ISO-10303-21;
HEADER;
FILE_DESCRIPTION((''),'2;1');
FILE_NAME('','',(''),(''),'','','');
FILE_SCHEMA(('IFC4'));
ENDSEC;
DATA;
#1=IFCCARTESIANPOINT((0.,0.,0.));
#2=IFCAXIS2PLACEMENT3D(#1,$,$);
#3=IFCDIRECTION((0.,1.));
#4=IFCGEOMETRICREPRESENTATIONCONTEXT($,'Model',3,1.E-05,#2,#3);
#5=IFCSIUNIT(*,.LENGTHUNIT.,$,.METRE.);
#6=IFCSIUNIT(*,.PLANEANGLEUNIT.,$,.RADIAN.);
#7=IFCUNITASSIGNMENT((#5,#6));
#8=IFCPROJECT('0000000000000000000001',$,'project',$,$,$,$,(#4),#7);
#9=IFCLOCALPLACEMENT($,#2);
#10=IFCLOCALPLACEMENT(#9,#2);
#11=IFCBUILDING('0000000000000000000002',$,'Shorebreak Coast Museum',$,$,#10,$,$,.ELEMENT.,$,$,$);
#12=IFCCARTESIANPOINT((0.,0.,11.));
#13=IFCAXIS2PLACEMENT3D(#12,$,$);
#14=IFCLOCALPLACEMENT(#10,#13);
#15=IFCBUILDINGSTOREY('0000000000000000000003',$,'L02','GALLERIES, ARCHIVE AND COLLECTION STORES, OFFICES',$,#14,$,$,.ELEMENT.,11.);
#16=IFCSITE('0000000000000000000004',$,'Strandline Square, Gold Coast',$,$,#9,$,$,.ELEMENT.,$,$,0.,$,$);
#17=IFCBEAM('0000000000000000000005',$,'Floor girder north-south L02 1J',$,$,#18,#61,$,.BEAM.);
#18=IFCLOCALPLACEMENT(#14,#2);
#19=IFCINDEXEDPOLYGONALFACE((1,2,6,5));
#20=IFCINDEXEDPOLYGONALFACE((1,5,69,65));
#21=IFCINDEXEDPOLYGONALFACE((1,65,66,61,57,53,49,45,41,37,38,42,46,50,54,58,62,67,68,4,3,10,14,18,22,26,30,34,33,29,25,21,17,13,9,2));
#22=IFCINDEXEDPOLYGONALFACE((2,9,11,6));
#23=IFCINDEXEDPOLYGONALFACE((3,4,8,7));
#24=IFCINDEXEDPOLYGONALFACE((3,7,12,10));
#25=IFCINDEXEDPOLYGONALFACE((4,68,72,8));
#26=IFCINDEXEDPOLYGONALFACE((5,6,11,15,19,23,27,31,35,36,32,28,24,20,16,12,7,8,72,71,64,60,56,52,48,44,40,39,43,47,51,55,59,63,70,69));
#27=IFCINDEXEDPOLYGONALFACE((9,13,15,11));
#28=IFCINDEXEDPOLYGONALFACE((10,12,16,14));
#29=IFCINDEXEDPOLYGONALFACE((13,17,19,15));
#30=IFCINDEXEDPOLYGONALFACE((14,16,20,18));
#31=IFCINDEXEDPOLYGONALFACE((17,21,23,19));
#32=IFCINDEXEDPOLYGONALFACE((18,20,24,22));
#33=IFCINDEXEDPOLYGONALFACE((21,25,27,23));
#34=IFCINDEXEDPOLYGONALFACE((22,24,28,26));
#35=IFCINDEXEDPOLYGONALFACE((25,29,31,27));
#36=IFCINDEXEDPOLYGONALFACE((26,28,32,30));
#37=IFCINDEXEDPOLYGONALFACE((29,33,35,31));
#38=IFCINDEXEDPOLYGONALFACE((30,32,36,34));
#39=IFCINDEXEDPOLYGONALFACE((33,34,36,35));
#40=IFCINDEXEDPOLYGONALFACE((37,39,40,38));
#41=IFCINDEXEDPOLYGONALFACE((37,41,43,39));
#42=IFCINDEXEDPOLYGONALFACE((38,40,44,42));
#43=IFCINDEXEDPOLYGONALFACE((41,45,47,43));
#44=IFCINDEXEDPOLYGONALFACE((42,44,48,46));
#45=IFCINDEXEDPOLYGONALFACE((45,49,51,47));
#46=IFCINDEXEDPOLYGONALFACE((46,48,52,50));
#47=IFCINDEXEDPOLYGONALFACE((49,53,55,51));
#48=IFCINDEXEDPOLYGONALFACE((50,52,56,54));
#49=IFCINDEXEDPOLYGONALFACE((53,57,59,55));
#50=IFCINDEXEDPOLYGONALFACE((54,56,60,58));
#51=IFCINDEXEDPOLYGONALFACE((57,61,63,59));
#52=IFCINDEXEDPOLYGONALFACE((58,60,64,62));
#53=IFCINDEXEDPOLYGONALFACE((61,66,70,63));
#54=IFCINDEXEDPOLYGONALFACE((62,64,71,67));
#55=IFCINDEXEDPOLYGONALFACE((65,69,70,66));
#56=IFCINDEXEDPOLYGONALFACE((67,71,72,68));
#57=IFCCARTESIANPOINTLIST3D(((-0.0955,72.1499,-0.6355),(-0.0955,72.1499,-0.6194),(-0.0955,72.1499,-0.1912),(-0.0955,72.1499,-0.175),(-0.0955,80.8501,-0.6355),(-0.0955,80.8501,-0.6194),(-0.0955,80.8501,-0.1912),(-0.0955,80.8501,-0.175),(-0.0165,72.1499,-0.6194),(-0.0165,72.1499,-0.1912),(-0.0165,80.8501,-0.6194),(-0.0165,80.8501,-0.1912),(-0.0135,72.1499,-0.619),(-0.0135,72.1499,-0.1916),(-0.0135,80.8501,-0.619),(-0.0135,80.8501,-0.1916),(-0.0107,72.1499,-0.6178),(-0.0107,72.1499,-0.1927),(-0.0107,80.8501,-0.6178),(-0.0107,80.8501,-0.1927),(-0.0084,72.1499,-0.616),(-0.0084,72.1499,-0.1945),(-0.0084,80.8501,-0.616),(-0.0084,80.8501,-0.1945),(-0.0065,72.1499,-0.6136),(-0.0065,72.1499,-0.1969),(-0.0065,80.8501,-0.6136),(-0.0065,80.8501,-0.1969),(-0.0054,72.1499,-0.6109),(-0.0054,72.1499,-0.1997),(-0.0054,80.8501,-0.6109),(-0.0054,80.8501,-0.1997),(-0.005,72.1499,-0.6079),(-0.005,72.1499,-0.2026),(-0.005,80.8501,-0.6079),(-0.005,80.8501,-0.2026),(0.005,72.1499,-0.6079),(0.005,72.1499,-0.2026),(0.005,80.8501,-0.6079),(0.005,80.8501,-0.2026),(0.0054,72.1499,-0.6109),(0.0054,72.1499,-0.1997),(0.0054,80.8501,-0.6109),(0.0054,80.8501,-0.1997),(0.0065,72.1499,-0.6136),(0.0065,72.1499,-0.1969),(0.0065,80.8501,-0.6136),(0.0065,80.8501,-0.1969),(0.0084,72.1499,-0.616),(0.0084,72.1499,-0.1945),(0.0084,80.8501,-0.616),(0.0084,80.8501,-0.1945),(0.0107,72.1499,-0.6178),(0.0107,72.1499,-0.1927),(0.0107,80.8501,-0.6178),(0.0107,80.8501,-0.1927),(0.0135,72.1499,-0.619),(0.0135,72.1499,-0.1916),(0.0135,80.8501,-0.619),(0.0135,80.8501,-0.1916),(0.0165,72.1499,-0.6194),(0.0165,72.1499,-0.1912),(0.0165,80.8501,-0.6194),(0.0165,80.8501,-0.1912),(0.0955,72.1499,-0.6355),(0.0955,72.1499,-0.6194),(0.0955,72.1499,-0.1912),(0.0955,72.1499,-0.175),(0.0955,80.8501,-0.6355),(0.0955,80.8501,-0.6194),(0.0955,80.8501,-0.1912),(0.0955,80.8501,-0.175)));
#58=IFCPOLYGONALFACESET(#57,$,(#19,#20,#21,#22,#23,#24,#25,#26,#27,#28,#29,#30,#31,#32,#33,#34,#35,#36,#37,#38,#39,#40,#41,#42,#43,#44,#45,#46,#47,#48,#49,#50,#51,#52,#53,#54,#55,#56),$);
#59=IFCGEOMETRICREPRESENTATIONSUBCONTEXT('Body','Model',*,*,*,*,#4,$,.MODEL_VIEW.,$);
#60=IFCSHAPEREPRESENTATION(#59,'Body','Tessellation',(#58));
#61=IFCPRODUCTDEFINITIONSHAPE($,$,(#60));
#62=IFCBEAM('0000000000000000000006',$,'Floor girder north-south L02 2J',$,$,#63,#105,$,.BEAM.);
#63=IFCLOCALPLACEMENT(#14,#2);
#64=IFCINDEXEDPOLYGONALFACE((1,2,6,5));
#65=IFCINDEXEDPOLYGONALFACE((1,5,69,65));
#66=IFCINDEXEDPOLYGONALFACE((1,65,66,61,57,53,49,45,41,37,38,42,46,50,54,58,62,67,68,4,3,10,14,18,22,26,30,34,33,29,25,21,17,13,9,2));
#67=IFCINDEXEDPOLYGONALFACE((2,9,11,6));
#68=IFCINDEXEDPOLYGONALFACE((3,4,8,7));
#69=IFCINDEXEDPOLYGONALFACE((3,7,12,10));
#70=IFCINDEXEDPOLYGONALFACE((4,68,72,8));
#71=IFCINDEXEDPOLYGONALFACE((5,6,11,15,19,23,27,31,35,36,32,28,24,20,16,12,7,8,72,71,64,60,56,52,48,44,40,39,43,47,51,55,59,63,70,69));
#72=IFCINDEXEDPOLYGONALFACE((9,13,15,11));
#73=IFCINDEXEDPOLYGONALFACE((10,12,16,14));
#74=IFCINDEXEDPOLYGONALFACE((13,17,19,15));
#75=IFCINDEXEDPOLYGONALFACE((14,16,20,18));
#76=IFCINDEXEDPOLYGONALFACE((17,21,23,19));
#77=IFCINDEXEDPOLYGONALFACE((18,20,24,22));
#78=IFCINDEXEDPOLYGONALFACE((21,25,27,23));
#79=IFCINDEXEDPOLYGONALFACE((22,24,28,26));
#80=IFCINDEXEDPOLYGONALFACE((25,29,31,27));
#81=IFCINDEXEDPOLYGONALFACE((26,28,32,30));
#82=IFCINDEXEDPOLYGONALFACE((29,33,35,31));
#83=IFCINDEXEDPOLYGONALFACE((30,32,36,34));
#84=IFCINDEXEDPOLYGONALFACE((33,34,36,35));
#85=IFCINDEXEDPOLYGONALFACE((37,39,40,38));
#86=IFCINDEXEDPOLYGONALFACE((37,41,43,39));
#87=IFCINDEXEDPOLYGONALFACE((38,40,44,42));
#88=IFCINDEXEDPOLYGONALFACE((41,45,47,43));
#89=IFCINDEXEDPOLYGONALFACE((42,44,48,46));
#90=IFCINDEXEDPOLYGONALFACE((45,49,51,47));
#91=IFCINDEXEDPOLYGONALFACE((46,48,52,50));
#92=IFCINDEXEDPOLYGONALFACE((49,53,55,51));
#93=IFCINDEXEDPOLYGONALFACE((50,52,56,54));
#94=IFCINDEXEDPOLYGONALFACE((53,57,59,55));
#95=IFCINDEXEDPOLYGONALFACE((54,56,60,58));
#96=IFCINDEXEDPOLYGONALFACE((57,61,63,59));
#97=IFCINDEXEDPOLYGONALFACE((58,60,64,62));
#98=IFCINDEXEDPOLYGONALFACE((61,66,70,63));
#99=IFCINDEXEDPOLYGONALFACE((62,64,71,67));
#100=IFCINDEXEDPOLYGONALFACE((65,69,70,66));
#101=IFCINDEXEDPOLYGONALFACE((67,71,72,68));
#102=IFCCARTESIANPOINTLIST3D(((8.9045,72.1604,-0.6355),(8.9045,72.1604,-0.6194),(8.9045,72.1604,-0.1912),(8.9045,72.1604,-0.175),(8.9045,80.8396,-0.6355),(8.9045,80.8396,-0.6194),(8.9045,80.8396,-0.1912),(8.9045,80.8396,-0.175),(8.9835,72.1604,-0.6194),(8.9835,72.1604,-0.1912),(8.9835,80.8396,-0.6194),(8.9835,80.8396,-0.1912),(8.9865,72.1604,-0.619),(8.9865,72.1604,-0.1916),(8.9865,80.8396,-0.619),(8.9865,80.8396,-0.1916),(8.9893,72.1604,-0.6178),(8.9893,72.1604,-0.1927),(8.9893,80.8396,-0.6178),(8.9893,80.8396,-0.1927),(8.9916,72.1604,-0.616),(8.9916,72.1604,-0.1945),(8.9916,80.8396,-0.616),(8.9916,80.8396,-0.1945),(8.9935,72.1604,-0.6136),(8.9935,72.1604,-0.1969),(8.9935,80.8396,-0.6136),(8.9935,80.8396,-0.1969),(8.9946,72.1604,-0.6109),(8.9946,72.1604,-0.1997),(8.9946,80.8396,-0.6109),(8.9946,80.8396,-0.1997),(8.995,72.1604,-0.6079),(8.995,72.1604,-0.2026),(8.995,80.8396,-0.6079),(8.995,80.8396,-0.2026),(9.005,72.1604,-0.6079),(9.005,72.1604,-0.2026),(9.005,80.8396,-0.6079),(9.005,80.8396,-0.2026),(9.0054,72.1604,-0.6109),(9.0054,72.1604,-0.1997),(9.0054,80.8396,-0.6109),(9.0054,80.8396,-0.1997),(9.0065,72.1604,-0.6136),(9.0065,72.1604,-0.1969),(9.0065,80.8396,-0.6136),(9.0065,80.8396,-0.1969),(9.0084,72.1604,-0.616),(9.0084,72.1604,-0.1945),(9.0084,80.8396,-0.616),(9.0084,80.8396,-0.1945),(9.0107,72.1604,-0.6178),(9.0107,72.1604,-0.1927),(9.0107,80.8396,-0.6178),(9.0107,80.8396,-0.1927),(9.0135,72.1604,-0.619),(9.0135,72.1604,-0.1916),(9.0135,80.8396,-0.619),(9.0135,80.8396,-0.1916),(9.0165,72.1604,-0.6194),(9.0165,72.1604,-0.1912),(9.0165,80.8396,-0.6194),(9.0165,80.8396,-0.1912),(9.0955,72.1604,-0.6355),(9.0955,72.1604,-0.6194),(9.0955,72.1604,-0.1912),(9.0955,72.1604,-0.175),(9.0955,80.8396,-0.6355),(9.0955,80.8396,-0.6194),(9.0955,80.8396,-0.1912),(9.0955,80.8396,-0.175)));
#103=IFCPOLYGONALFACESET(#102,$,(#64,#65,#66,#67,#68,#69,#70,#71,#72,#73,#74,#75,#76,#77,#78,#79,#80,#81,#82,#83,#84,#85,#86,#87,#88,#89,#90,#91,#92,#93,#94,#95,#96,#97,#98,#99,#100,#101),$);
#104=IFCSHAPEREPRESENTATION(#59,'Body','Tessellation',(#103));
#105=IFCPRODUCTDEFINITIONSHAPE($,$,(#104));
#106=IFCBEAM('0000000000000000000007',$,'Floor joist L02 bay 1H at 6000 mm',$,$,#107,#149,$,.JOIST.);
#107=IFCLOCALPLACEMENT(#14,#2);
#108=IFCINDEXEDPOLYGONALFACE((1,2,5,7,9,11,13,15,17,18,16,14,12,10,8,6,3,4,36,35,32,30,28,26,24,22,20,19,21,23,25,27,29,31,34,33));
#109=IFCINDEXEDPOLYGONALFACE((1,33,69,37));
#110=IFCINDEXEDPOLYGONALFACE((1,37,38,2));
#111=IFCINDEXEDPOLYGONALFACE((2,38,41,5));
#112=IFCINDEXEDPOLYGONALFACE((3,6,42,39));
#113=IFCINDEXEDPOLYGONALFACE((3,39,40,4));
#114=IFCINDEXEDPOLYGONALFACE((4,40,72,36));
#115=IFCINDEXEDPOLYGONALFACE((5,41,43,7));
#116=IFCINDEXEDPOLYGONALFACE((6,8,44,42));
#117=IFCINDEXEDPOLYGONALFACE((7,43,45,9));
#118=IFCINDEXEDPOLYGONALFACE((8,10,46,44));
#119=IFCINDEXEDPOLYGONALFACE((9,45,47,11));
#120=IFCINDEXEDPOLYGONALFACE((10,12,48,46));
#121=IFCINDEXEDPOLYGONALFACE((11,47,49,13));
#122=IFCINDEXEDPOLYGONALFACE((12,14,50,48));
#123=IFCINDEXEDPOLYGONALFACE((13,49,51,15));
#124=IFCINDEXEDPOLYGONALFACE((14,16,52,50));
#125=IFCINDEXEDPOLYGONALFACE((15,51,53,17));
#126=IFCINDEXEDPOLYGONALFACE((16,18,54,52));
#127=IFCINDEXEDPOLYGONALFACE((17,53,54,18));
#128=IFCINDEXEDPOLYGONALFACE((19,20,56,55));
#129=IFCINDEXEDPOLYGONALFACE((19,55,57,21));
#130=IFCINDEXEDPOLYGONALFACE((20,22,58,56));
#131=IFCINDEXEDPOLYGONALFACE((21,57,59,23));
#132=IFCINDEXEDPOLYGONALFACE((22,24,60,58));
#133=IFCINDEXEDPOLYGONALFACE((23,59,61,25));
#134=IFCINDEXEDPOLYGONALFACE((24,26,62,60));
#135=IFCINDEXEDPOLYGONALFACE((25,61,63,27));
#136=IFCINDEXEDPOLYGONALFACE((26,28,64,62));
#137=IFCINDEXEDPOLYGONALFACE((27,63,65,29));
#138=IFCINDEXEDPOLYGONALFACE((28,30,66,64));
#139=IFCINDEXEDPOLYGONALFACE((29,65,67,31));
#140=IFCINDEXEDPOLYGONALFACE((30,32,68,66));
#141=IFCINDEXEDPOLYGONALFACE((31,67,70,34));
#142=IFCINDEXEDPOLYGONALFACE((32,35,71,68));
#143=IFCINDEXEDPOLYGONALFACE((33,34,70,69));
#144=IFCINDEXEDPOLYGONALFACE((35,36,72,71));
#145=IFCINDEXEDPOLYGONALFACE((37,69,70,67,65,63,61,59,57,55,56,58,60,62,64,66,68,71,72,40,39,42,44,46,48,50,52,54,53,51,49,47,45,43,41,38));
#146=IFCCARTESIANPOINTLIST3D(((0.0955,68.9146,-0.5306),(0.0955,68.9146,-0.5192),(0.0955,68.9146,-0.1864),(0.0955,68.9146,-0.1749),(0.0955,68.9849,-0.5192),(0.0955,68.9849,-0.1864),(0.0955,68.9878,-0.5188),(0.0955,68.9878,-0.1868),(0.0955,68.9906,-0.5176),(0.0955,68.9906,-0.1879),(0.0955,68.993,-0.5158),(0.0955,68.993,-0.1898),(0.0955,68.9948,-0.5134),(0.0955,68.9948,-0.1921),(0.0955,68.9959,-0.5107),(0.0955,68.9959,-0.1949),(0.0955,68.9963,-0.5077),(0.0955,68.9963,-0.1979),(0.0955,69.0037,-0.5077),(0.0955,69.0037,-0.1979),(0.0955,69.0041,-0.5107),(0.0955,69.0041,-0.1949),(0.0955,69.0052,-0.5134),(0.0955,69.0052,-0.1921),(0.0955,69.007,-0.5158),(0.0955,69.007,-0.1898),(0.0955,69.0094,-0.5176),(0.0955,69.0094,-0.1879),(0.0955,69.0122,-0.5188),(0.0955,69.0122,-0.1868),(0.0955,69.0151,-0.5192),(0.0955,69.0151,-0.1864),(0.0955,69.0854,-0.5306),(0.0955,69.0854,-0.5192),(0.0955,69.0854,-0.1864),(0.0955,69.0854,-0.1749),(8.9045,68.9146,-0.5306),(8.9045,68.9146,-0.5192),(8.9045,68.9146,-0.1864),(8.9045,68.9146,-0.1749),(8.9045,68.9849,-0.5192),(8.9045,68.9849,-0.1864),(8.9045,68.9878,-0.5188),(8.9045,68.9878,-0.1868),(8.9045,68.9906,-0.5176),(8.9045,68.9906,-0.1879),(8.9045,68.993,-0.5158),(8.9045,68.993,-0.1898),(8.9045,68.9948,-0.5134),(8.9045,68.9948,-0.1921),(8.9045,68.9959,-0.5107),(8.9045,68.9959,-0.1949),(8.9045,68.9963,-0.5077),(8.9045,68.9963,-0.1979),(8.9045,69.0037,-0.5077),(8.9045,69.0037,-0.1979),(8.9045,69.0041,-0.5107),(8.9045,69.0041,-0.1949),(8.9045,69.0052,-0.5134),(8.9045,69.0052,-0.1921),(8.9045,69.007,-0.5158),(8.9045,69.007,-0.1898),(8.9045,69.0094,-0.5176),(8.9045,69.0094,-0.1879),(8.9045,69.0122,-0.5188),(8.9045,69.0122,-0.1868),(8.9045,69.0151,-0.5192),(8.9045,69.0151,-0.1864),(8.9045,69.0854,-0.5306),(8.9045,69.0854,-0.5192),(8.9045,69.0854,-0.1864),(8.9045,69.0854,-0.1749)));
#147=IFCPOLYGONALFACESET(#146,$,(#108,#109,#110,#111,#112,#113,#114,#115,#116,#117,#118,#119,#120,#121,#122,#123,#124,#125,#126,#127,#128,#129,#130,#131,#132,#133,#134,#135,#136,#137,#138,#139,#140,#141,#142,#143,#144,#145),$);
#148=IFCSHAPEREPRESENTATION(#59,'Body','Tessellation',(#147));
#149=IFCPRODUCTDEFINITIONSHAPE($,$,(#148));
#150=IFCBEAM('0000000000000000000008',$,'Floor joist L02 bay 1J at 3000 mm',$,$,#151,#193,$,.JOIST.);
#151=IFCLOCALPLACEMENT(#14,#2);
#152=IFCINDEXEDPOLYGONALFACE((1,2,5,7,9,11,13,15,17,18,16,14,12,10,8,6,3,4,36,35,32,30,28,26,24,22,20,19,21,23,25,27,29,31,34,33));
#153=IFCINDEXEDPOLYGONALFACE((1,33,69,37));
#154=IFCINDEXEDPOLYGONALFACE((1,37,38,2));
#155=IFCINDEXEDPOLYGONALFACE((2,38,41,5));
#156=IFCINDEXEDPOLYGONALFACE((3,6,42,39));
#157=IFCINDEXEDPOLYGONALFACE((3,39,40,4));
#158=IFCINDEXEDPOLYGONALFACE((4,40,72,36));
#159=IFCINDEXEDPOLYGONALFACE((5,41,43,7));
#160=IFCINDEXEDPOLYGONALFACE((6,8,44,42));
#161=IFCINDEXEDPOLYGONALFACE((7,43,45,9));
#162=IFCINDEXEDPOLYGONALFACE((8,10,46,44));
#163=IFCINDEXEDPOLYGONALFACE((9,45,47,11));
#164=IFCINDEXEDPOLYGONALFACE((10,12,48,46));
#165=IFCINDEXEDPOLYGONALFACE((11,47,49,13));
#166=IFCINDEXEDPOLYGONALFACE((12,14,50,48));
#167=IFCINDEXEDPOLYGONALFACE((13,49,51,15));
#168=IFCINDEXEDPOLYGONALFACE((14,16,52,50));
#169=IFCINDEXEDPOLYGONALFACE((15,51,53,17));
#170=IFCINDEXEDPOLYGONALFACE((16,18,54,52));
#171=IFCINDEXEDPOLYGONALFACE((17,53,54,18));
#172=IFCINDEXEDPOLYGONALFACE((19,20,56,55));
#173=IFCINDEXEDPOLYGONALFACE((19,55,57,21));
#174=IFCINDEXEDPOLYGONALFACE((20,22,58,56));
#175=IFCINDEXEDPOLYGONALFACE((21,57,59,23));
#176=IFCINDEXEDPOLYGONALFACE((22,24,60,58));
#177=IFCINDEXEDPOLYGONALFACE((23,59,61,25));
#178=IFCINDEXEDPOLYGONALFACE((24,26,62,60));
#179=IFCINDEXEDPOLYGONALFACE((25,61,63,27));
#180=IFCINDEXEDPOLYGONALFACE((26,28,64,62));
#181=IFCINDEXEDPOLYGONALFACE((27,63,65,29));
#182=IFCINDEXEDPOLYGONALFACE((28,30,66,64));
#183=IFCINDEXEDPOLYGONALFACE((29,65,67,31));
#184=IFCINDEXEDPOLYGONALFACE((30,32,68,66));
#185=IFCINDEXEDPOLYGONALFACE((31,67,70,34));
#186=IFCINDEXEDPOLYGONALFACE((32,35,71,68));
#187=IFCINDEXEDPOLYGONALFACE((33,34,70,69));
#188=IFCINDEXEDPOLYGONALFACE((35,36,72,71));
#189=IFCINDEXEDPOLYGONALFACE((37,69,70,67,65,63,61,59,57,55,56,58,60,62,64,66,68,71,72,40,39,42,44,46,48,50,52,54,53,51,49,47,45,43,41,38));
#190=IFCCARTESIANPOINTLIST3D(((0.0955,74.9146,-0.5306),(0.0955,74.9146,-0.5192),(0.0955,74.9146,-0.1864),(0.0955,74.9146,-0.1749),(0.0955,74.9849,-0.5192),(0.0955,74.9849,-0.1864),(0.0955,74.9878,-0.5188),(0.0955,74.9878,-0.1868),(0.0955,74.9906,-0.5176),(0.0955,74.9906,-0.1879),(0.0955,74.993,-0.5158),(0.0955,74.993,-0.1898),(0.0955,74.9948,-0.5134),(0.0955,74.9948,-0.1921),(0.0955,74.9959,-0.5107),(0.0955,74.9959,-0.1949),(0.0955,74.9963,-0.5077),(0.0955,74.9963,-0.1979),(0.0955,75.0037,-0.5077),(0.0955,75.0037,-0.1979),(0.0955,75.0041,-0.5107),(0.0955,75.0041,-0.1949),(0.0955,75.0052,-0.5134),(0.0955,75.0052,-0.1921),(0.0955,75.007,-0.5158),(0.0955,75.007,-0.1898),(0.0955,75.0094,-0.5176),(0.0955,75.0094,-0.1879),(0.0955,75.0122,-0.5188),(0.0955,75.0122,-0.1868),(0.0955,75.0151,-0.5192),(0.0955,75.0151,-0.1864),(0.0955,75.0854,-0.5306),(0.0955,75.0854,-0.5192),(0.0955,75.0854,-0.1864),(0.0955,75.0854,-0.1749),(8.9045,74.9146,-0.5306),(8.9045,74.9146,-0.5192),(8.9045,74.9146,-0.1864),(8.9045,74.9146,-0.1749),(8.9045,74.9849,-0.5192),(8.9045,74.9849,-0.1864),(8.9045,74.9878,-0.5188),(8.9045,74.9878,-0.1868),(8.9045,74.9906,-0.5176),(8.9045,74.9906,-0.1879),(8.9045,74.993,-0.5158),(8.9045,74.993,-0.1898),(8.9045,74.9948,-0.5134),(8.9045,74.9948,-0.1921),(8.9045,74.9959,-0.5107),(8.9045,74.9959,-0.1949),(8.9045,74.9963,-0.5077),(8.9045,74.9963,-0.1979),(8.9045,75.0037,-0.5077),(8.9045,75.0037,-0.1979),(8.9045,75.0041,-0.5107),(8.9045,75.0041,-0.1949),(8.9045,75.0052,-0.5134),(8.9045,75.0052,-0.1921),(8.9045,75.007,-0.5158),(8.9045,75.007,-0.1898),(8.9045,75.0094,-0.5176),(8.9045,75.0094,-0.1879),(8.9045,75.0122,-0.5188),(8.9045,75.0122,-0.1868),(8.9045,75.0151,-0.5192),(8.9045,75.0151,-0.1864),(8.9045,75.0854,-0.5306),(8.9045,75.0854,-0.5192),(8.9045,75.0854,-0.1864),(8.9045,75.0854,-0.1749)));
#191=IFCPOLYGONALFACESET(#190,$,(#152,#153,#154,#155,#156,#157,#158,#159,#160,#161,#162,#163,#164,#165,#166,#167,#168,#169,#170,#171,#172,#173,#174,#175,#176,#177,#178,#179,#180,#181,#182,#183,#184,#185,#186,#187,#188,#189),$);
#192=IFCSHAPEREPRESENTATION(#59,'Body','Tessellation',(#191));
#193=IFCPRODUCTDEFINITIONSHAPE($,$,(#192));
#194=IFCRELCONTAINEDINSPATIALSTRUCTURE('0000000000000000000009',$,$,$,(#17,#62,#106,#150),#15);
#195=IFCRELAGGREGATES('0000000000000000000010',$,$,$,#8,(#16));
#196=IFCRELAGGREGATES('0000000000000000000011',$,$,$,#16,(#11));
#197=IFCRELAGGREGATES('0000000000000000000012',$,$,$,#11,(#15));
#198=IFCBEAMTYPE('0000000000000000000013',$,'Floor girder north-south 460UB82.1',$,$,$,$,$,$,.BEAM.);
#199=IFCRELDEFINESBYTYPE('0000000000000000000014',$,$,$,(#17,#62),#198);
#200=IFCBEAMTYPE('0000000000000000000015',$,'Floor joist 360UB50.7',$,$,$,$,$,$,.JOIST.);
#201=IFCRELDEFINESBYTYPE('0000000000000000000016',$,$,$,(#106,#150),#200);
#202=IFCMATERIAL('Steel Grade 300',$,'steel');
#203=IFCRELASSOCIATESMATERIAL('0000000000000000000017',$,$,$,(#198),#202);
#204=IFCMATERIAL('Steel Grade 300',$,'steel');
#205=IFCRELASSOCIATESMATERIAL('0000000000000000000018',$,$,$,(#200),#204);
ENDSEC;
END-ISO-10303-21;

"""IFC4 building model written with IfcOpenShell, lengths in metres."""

from ifc_helpers import new_model, si_unit, direction, frame, origin, origin_2d, place, context, subcontext, project, spatial, i_section, extrude, material, material_profile, profile_set, type_object, element, save


model = new_model("IFC4")

# Units and contexts
model_context = context("Model", 3, precision=1e-05, world=origin(), true_north=direction((0.0, 1.0)))
body_context = subcontext(model_context, "Body", "Model", "MODEL_VIEW")
ifc_project = project(units=[si_unit("LENGTHUNIT", "METRE"), si_unit("PLANEANGLEUNIT", "RADIAN")], contexts=[model_context])

# Site, building, storey
site_placement = place(None, origin())
site = spatial("IfcSite", under=ifc_project, at=site_placement, Name="Strandline Square, Gold Coast", CompositionType="ELEMENT", RefElevation=0.0)
building_placement = place(site_placement, origin())
building = spatial("IfcBuilding", under=site, at=building_placement, Name="Shorebreak Coast Museum", CompositionType="ELEMENT")
storey_placement = place(building_placement, frame((0.0, 0.0, 11.0)))
storey = spatial("IfcBuildingStorey", under=building, at=storey_placement, Name="L02", Description="GALLERIES, ARCHIVE AND COLLECTION STORES, OFFICES", CompositionType="ELEMENT", Elevation=11.0)

# Beams
ifc_material_1 = material(Name="Steel Grade 300", Category="steel")
ifc_material_profile_1 = material_profile(ifc_material_1, i_section(OverallWidth=0.1909, OverallDepth=0.4604, WebThickness=0.01, FlangeThickness=0.0161, FilletRadius=0.0115, at=origin_2d()), Name="460UB82.1")
ifc_profile_set_1 = profile_set([ifc_material_profile_1], Name="Steel Grade 300")
beam_type_1 = type_object("IfcBeamType", Name="Floor girder north-south 460UB82.1", PredefinedType="BEAM", material=ifc_profile_set_1)
beam_1_placement = place(storey_placement, frame((0.0, 72.1499, -0.4053), z_axis=(0.0, 1.0, 0.0), x_axis=(-1.0, 0.0, 0.0)))
element("IfcBeam", 1, at=beam_1_placement, inside=storey, type_object=beam_type_1, Name="Floor girder north-south L02 1J", PredefinedType="BEAM", context=body_context, shape_type="SweptSolid", body=[
    extrude(i_section(OverallWidth=0.1909, OverallDepth=0.4604, WebThickness=0.01, FlangeThickness=0.0161, FilletRadius=0.0115, at=origin_2d()), origin(), (0.0, 0.0, 1.0), 8.7002),
])
beam_2_placement = place(storey_placement, frame((9.0, 72.1604, -0.4053), z_axis=(0.0, 1.0, 0.0), x_axis=(-1.0, 0.0, 0.0)))
element("IfcBeam", 2, at=beam_2_placement, inside=storey, type_object=beam_type_1, Name="Floor girder north-south L02 2J", PredefinedType="BEAM", context=body_context, shape_type="SweptSolid", body=[
    extrude(i_section(OverallWidth=0.1909, OverallDepth=0.4604, WebThickness=0.01, FlangeThickness=0.0161, FilletRadius=0.0115, at=origin_2d()), origin(), (0.0, 0.0, 1.0), 8.6792),
])
ifc_material_2 = material(Name="Steel Grade 300", Category="steel")
ifc_material_profile_2 = material_profile(ifc_material_2, i_section(OverallWidth=0.1709, OverallDepth=0.3557, WebThickness=0.0073, FlangeThickness=0.0115, FilletRadius=0.0115, at=origin_2d()), Name="360UB50.7")
ifc_profile_set_2 = profile_set([ifc_material_profile_2], Name="Steel Grade 300")
beam_type_2 = type_object("IfcBeamType", Name="Floor joist 360UB50.7", PredefinedType="JOIST", material=ifc_profile_set_2)
for number, where, z_axis, x_axis, name in (
    (3, (0.0955, 69.0, -0.3528), (1.0, 0.0, 0.0), (0.0, 1.0, 0.0), "Floor joist L02 bay 1H at 6000 mm"),
    (4, (0.0955, 75.0, -0.3528), (1.0, 0.0, 0.0), (0.0, 1.0, 0.0), "Floor joist L02 bay 1J at 3000 mm"),
):
    element("IfcBeam", number, at=place(storey_placement, frame(where, z_axis=z_axis, x_axis=x_axis)), inside=storey, type_object=beam_type_2, Name=name, PredefinedType="JOIST", context=body_context, shape_type="SweptSolid", body=[
        extrude(i_section(OverallWidth=0.1709, OverallDepth=0.3557, WebThickness=0.0073, FlangeThickness=0.0115, FilletRadius=0.0115, at=origin_2d()), origin(), (0.0, 0.0, 1.0), 8.8091),
    ])

save(model, "model.ifc")
